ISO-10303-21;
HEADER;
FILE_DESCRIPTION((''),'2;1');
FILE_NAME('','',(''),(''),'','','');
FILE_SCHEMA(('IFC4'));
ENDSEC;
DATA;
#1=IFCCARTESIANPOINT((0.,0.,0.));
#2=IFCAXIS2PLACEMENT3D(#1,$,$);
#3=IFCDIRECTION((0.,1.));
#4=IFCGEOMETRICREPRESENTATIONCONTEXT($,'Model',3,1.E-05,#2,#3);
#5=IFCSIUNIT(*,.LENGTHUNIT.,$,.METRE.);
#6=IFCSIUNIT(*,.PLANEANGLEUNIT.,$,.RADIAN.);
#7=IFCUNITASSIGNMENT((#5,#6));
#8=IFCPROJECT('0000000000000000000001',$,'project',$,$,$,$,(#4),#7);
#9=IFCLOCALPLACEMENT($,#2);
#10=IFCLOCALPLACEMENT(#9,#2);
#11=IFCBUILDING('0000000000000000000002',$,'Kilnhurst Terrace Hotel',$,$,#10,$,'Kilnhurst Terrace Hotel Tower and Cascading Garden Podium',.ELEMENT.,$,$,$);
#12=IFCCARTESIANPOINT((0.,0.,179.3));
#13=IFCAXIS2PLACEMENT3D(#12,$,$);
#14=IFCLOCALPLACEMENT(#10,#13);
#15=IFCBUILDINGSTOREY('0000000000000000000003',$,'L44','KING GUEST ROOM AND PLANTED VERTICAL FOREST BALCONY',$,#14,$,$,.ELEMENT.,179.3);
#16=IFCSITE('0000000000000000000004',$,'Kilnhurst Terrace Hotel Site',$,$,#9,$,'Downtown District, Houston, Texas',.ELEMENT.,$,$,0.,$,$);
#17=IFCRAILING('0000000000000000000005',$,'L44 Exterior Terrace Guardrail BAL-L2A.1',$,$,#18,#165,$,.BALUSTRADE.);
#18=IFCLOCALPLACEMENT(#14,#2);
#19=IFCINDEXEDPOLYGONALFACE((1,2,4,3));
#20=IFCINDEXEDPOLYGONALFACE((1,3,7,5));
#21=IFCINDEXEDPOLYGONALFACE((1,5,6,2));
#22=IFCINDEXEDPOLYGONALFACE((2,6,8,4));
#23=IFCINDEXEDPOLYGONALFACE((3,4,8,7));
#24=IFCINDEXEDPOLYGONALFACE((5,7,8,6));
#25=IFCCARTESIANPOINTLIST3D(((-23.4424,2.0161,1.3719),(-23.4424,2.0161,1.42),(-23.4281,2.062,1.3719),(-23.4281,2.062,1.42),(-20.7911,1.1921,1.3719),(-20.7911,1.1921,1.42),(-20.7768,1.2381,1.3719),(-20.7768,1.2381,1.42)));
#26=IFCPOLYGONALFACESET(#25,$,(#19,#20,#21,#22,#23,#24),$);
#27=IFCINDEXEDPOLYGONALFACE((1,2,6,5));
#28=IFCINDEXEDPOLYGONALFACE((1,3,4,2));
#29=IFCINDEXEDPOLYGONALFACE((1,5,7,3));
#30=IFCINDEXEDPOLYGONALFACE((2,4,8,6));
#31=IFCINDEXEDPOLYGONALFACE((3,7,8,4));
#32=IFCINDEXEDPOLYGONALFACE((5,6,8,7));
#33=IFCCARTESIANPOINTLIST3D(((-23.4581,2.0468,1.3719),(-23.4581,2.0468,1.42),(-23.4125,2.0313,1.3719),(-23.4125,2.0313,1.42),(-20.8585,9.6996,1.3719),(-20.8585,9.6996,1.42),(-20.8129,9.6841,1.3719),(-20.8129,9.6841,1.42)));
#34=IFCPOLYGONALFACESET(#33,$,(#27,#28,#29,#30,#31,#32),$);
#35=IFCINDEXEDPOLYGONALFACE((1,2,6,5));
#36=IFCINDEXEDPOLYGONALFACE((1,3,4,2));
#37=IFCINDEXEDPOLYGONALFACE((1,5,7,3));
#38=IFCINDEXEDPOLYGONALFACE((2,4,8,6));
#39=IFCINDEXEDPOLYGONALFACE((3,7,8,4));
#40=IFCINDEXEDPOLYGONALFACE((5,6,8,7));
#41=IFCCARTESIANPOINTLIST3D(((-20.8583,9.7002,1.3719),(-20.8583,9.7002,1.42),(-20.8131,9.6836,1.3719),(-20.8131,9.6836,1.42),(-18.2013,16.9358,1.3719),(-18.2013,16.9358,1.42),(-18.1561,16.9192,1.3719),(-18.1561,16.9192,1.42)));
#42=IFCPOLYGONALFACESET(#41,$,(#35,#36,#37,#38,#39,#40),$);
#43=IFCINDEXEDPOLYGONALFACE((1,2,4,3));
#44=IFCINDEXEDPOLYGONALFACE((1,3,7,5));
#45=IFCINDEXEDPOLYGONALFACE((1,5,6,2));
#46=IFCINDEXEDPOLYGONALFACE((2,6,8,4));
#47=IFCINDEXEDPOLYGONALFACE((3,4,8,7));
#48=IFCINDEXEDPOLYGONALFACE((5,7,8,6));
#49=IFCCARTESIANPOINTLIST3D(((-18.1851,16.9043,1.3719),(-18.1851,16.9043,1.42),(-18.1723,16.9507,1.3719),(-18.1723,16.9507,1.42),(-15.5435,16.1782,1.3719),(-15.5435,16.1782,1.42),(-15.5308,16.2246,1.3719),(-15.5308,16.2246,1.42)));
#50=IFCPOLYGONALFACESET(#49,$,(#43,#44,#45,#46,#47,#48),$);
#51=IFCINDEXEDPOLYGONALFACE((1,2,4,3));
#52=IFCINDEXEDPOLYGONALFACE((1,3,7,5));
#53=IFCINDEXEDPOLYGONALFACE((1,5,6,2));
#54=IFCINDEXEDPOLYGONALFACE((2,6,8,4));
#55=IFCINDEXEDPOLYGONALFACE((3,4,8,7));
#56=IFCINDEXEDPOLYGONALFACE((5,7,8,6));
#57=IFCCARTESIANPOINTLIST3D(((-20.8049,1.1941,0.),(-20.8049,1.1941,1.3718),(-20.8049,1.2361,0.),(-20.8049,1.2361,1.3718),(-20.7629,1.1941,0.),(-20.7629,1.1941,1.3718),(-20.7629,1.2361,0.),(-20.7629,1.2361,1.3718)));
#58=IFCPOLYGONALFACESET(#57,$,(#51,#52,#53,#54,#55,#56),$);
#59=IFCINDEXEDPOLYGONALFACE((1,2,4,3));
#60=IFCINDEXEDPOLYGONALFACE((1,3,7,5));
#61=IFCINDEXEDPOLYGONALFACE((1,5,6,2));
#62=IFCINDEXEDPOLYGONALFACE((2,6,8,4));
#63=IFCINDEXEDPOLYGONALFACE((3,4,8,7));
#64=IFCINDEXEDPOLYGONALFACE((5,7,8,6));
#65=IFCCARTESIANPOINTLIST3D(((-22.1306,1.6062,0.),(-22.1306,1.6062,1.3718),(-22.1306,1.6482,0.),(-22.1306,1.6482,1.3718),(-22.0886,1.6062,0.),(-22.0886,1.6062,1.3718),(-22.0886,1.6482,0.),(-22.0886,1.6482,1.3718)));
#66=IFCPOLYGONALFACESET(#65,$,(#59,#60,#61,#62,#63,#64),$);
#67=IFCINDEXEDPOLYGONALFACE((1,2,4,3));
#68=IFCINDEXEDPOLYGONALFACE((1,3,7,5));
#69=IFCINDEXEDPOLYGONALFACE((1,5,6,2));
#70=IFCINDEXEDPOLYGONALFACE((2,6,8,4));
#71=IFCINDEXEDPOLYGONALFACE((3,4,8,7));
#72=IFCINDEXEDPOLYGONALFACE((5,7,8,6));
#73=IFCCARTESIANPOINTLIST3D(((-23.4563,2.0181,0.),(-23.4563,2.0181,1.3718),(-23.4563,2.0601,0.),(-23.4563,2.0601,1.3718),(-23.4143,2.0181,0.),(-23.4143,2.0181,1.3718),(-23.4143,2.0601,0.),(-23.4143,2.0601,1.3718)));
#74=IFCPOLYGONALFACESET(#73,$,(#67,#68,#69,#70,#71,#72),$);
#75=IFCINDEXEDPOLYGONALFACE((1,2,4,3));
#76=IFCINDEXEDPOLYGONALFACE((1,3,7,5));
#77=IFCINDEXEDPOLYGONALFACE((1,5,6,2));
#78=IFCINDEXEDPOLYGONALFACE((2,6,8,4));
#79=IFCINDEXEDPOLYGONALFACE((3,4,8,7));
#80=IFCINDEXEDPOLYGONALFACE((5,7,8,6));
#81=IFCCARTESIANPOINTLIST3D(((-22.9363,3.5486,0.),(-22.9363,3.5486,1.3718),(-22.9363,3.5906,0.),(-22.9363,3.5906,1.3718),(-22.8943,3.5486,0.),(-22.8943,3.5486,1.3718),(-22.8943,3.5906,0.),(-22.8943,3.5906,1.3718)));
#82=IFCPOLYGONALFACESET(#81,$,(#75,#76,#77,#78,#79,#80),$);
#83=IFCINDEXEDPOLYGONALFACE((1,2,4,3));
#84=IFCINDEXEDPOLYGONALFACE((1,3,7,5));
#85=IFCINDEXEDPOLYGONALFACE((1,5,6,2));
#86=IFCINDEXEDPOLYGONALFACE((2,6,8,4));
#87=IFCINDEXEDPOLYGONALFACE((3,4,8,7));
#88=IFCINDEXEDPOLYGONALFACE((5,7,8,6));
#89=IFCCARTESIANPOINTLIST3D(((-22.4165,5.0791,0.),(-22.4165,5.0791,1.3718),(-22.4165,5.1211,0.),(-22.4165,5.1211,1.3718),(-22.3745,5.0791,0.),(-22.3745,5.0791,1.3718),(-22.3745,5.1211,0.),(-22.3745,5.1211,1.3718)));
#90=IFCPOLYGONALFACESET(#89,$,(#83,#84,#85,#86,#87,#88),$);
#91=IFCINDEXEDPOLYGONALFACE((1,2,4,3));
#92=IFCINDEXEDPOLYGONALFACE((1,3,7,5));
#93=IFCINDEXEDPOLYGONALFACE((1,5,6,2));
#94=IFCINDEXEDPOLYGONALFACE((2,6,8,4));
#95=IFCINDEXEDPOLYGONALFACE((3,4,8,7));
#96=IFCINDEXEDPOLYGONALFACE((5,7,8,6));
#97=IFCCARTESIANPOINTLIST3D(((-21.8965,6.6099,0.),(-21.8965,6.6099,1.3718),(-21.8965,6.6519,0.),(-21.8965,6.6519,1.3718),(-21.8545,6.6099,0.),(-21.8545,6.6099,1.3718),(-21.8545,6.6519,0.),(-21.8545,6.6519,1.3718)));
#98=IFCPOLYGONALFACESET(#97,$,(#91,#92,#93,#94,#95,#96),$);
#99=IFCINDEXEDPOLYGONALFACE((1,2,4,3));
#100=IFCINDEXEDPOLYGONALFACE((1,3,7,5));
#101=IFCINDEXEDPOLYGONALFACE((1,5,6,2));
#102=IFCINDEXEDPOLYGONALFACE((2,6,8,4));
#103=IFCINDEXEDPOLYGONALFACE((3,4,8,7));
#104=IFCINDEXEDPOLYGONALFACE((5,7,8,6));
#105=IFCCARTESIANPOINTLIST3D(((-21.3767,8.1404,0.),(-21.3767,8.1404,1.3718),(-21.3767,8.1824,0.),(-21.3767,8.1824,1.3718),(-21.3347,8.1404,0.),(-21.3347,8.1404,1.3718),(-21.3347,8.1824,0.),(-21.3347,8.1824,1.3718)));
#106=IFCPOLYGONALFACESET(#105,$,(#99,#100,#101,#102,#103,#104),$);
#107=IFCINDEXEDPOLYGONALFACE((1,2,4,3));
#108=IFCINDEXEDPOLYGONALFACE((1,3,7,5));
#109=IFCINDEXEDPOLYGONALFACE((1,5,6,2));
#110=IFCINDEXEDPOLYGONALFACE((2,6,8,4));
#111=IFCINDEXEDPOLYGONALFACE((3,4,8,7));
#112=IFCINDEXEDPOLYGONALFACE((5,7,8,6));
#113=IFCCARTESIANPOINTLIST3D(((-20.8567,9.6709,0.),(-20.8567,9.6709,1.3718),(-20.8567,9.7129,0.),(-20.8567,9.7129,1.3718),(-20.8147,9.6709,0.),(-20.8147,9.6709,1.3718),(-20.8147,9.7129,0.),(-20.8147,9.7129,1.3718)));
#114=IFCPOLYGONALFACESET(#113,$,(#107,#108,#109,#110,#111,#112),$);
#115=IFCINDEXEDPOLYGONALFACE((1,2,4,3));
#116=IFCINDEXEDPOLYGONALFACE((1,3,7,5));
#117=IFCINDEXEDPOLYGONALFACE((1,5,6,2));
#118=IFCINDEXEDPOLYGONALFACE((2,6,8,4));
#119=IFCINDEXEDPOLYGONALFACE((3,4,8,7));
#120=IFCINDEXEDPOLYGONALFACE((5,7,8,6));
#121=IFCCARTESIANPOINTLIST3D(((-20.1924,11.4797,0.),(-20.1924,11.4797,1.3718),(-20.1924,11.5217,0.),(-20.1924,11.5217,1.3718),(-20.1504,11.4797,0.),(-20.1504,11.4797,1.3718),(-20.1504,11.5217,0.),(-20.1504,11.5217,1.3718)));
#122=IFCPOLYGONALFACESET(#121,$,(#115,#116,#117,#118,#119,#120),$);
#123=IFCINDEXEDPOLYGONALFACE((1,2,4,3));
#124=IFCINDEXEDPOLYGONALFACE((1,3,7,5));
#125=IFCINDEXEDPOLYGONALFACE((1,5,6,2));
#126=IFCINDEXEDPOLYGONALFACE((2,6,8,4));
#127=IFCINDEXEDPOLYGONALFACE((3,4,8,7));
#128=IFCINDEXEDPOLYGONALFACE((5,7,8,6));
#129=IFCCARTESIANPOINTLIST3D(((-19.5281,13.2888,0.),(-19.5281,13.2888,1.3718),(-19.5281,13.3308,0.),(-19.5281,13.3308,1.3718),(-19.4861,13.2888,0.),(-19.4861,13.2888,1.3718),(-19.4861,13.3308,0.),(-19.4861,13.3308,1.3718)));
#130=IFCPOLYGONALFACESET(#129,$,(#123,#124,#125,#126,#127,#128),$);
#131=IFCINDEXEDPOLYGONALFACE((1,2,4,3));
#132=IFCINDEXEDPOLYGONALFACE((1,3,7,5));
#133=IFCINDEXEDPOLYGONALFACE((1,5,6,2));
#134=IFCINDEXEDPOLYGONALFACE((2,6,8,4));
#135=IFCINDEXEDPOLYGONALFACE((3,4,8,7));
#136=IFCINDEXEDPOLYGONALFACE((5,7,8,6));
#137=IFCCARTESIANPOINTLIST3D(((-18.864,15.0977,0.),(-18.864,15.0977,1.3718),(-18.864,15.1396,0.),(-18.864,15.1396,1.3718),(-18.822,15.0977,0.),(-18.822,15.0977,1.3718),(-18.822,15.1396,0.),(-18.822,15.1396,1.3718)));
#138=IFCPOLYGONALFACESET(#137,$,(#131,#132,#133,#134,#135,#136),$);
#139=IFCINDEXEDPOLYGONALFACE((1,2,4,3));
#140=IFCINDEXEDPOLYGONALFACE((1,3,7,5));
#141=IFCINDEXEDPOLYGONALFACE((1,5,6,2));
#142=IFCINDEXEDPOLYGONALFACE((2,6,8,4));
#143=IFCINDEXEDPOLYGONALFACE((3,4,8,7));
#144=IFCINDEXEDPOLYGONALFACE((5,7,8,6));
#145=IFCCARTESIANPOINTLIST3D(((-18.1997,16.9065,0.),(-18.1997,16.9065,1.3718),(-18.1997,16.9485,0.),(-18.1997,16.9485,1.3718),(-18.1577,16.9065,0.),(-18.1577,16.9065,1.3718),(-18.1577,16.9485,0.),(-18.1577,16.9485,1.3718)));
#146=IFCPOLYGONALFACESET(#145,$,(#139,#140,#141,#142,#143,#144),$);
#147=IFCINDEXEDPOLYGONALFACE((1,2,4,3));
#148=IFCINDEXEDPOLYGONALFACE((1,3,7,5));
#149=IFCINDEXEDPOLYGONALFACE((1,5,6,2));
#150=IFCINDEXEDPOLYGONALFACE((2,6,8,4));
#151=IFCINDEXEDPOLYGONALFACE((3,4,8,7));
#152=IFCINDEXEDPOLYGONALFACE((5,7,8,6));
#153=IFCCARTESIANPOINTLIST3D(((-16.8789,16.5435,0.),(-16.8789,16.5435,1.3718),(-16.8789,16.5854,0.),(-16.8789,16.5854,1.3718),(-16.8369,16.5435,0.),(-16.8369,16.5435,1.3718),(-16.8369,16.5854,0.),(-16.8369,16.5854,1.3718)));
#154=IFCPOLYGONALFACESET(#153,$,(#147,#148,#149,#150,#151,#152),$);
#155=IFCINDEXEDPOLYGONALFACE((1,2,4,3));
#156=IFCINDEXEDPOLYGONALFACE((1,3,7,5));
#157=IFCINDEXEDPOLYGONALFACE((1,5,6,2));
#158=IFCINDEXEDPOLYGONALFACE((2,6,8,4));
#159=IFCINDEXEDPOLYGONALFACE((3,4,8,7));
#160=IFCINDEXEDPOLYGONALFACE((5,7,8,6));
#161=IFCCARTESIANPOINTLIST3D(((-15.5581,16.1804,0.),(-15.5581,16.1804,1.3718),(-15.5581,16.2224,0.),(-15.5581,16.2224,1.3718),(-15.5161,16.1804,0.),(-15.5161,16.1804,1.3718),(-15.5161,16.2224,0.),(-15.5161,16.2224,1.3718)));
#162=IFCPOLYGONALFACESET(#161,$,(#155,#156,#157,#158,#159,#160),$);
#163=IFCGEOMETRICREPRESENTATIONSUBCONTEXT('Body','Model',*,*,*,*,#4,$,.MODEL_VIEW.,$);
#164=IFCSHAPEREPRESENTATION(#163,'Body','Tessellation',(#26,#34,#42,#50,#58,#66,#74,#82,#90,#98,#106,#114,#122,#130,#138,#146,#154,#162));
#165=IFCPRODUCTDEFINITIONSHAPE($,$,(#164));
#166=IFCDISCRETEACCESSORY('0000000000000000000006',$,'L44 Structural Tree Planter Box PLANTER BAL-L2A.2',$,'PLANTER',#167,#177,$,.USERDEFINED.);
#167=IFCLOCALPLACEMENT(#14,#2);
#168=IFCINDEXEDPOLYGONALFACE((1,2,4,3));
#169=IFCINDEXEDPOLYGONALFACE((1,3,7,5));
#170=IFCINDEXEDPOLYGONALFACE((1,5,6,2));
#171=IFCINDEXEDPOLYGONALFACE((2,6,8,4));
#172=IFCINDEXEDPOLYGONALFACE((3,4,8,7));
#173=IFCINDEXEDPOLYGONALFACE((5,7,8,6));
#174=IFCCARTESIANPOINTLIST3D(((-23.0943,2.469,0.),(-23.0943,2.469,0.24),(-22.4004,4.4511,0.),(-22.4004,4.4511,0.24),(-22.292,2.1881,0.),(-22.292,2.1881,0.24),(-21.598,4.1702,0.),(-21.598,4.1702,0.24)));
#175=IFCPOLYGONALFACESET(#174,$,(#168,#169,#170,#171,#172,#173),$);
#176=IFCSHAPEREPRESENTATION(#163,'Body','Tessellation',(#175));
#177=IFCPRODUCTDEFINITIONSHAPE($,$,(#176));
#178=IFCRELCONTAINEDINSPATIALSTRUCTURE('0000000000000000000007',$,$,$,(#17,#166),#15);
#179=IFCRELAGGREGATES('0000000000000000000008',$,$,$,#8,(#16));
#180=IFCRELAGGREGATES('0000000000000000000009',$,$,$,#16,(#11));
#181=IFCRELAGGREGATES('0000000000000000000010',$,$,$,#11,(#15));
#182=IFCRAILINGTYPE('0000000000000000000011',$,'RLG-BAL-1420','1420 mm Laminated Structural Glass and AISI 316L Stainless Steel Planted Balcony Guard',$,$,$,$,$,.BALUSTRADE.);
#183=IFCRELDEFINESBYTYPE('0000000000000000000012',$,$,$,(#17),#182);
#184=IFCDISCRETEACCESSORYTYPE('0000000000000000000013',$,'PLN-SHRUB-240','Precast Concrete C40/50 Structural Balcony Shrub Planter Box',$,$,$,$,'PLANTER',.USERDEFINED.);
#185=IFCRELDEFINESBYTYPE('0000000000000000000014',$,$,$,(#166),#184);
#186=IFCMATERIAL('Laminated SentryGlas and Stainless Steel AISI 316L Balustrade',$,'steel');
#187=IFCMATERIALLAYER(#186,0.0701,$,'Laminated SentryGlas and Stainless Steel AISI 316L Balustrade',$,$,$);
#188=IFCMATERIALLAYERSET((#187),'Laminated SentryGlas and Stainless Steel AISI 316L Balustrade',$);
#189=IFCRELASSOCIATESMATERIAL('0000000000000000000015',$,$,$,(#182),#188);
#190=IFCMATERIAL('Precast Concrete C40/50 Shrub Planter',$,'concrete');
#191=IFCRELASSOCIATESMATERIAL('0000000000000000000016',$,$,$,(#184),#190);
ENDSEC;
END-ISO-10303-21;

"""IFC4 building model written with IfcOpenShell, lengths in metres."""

from ifc_helpers import new_model, si_unit, direction, frame, origin, origin_2d, place, context, subcontext, project, spatial, rectangle, extrude, material, layer, layer_set, type_object, element, save


model = new_model("IFC4")

# Units and contexts
model_context = context("Model", 3, precision=1e-05, world=origin(), true_north=direction((0.0, 1.0)))
body_context = subcontext(model_context, "Body", "Model", "MODEL_VIEW")
ifc_project = project(units=[si_unit("LENGTHUNIT", "METRE"), si_unit("PLANEANGLEUNIT", "RADIAN")], contexts=[model_context])

# Site, building, storey
site_placement = place(None, origin())
site = spatial("IfcSite", under=ifc_project, at=site_placement, Name="Kilnhurst Terrace Hotel Site", LongName="Downtown District, Houston, Texas", CompositionType="ELEMENT", RefElevation=0.0)
building_placement = place(site_placement, origin())
building = spatial("IfcBuilding", under=site, at=building_placement, Name="Kilnhurst Terrace Hotel", LongName="Kilnhurst Terrace Hotel Tower and Cascading Garden Podium", CompositionType="ELEMENT")
storey_placement = place(building_placement, frame((0.0, 0.0, 179.3)))
storey = spatial("IfcBuildingStorey", under=building, at=storey_placement, Name="L44", Description="KING GUEST ROOM AND PLANTED VERTICAL FOREST BALCONY", CompositionType="ELEMENT", Elevation=179.3)

# Railing
ifc_material_1 = material(Name="Laminated SentryGlas and Stainless Steel AISI 316L Balustrade", Category="steel")
ifc_layer_1 = layer(ifc_material_1, 0.0701, Name="Laminated SentryGlas and Stainless Steel AISI 316L Balustrade")
ifc_layer_set_1 = layer_set([ifc_layer_1], Name="Laminated SentryGlas and Stainless Steel AISI 316L Balustrade")
railing_type = type_object("IfcRailingType", Name="RLG-BAL-1420", Description="1420 mm Laminated Structural Glass and AISI 316L Stainless Steel Planted Balcony Guard", PredefinedType="BALUSTRADE", material=ifc_layer_set_1)
railing_placement = place(storey_placement, frame((-20.7839, 1.2151, 0.0)))
element("IfcRailing", 1, at=railing_placement, inside=storey, type_object=railing_type, Name="L44 Exterior Terrace Guardrail BAL-L2A.1", PredefinedType="BALUSTRADE", context=body_context, shape_type="SweptSolid", body=[
    extrude(rectangle(XDim=0.0481, YDim=0.0481, at=origin_2d()), frame((0.0, 0.0, 1.396), z_axis=(-0.954948, 0.296773, 0.0), x_axis=(-0.296773, -0.954948, 0.0)), (0.0, 0.0, 1.0), 2.7764),
    extrude(rectangle(XDim=0.0481, YDim=0.0481, at=origin_2d()), frame((-2.6514, 0.824, 1.396), z_axis=(0.321642, 0.946861, 0.0), x_axis=(-0.946861, 0.321642, 0.0)), (0.0, 0.0, 1.0), 8.0823),
    extrude(rectangle(XDim=0.0481, YDim=0.0481, at=origin_2d()), frame((-0.0518, 8.4768, 1.396), z_axis=(0.344704, 0.938711, 0.0), x_axis=(-0.938711, 0.344704, 0.0)), (0.0, 0.0, 1.0), 7.708),
    extrude(rectangle(XDim=0.0481, YDim=0.0481, at=origin_2d()), frame((2.6052, 15.7124, 1.396), z_axis=(0.96424, -0.265032, 0.0), x_axis=(0.265032, 0.96424, 0.0)), (0.0, 0.0, 1.0), 2.7395),
    extrude(rectangle(XDim=0.042, YDim=0.042, at=origin_2d()), origin(), (0.0, 0.0, 1.0), 1.3718),
    extrude(rectangle(XDim=0.042, YDim=0.042, at=origin_2d()), frame((-1.3257, 0.4121, 0.0)), (0.0, 0.0, 1.0), 1.3718),
    extrude(rectangle(XDim=0.042, YDim=0.042, at=origin_2d()), frame((-2.6514, 0.824, 0.0)), (0.0, 0.0, 1.0), 1.3718),
    extrude(rectangle(XDim=0.042, YDim=0.042, at=origin_2d()), frame((-2.1313, 2.3545, 0.0)), (0.0, 0.0, 1.0), 1.3718),
    extrude(rectangle(XDim=0.042, YDim=0.042, at=origin_2d()), frame((-1.6116, 3.885, 0.0)), (0.0, 0.0, 1.0), 1.3718),
    extrude(rectangle(XDim=0.042, YDim=0.042, at=origin_2d()), frame((-1.0916, 5.4158, 0.0)), (0.0, 0.0, 1.0), 1.3718),
    extrude(rectangle(XDim=0.042, YDim=0.042, at=origin_2d()), frame((-0.5718, 6.9463, 0.0)), (0.0, 0.0, 1.0), 1.3718),
    extrude(rectangle(XDim=0.042, YDim=0.042, at=origin_2d()), frame((-0.0518, 8.4768, 0.0)), (0.0, 0.0, 1.0), 1.3718),
    extrude(rectangle(XDim=0.042, YDim=0.042, at=origin_2d()), frame((0.6125, 10.2856, 0.0)), (0.0, 0.0, 1.0), 1.3718),
    extrude(rectangle(XDim=0.042, YDim=0.042, at=origin_2d()), frame((1.2769, 12.0947, 0.0)), (0.0, 0.0, 1.0), 1.3718),
    extrude(rectangle(XDim=0.042, YDim=0.042, at=origin_2d()), frame((1.9409, 13.9036, 0.0)), (0.0, 0.0, 1.0), 1.3718),
    extrude(rectangle(XDim=0.042, YDim=0.042, at=origin_2d()), frame((2.6052, 15.7124, 0.0)), (0.0, 0.0, 1.0), 1.3718),
    extrude(rectangle(XDim=0.042, YDim=0.042, at=origin_2d()), frame((3.926, 15.3494, 0.0)), (0.0, 0.0, 1.0), 1.3718),
    extrude(rectangle(XDim=0.042, YDim=0.042, at=origin_2d()), frame((5.2468, 14.9863, 0.0)), (0.0, 0.0, 1.0), 1.3718),
])

# Discrete accessory
ifc_material_2 = material(Name="Precast Concrete C40/50 Shrub Planter", Category="concrete")
discrete_accessory_type = type_object("IfcDiscreteAccessoryType", Name="PLN-SHRUB-240", Description="Precast Concrete C40/50 Structural Balcony Shrub Planter Box", ElementType="PLANTER", PredefinedType="USERDEFINED", material=ifc_material_2)
discrete_accessory_placement = place(storey_placement, frame((-22.3462, 3.3196, 0.0), z_axis=(0.0, 0.0, 1.0), x_axis=(-0.330432, -0.94383, 0.0)))
element("IfcDiscreteAccessory", 2, at=discrete_accessory_placement, inside=storey, type_object=discrete_accessory_type, Name="L44 Structural Tree Planter Box PLANTER BAL-L2A.2", ObjectType="PLANTER", PredefinedType="USERDEFINED", context=body_context, shape_type="SweptSolid", body=[
    extrude(rectangle(XDim=2.1001, YDim=0.8501, at=origin_2d()), origin(), (0.0, 0.0, 1.0), 0.24),
])

save(model, "model.ifc")
